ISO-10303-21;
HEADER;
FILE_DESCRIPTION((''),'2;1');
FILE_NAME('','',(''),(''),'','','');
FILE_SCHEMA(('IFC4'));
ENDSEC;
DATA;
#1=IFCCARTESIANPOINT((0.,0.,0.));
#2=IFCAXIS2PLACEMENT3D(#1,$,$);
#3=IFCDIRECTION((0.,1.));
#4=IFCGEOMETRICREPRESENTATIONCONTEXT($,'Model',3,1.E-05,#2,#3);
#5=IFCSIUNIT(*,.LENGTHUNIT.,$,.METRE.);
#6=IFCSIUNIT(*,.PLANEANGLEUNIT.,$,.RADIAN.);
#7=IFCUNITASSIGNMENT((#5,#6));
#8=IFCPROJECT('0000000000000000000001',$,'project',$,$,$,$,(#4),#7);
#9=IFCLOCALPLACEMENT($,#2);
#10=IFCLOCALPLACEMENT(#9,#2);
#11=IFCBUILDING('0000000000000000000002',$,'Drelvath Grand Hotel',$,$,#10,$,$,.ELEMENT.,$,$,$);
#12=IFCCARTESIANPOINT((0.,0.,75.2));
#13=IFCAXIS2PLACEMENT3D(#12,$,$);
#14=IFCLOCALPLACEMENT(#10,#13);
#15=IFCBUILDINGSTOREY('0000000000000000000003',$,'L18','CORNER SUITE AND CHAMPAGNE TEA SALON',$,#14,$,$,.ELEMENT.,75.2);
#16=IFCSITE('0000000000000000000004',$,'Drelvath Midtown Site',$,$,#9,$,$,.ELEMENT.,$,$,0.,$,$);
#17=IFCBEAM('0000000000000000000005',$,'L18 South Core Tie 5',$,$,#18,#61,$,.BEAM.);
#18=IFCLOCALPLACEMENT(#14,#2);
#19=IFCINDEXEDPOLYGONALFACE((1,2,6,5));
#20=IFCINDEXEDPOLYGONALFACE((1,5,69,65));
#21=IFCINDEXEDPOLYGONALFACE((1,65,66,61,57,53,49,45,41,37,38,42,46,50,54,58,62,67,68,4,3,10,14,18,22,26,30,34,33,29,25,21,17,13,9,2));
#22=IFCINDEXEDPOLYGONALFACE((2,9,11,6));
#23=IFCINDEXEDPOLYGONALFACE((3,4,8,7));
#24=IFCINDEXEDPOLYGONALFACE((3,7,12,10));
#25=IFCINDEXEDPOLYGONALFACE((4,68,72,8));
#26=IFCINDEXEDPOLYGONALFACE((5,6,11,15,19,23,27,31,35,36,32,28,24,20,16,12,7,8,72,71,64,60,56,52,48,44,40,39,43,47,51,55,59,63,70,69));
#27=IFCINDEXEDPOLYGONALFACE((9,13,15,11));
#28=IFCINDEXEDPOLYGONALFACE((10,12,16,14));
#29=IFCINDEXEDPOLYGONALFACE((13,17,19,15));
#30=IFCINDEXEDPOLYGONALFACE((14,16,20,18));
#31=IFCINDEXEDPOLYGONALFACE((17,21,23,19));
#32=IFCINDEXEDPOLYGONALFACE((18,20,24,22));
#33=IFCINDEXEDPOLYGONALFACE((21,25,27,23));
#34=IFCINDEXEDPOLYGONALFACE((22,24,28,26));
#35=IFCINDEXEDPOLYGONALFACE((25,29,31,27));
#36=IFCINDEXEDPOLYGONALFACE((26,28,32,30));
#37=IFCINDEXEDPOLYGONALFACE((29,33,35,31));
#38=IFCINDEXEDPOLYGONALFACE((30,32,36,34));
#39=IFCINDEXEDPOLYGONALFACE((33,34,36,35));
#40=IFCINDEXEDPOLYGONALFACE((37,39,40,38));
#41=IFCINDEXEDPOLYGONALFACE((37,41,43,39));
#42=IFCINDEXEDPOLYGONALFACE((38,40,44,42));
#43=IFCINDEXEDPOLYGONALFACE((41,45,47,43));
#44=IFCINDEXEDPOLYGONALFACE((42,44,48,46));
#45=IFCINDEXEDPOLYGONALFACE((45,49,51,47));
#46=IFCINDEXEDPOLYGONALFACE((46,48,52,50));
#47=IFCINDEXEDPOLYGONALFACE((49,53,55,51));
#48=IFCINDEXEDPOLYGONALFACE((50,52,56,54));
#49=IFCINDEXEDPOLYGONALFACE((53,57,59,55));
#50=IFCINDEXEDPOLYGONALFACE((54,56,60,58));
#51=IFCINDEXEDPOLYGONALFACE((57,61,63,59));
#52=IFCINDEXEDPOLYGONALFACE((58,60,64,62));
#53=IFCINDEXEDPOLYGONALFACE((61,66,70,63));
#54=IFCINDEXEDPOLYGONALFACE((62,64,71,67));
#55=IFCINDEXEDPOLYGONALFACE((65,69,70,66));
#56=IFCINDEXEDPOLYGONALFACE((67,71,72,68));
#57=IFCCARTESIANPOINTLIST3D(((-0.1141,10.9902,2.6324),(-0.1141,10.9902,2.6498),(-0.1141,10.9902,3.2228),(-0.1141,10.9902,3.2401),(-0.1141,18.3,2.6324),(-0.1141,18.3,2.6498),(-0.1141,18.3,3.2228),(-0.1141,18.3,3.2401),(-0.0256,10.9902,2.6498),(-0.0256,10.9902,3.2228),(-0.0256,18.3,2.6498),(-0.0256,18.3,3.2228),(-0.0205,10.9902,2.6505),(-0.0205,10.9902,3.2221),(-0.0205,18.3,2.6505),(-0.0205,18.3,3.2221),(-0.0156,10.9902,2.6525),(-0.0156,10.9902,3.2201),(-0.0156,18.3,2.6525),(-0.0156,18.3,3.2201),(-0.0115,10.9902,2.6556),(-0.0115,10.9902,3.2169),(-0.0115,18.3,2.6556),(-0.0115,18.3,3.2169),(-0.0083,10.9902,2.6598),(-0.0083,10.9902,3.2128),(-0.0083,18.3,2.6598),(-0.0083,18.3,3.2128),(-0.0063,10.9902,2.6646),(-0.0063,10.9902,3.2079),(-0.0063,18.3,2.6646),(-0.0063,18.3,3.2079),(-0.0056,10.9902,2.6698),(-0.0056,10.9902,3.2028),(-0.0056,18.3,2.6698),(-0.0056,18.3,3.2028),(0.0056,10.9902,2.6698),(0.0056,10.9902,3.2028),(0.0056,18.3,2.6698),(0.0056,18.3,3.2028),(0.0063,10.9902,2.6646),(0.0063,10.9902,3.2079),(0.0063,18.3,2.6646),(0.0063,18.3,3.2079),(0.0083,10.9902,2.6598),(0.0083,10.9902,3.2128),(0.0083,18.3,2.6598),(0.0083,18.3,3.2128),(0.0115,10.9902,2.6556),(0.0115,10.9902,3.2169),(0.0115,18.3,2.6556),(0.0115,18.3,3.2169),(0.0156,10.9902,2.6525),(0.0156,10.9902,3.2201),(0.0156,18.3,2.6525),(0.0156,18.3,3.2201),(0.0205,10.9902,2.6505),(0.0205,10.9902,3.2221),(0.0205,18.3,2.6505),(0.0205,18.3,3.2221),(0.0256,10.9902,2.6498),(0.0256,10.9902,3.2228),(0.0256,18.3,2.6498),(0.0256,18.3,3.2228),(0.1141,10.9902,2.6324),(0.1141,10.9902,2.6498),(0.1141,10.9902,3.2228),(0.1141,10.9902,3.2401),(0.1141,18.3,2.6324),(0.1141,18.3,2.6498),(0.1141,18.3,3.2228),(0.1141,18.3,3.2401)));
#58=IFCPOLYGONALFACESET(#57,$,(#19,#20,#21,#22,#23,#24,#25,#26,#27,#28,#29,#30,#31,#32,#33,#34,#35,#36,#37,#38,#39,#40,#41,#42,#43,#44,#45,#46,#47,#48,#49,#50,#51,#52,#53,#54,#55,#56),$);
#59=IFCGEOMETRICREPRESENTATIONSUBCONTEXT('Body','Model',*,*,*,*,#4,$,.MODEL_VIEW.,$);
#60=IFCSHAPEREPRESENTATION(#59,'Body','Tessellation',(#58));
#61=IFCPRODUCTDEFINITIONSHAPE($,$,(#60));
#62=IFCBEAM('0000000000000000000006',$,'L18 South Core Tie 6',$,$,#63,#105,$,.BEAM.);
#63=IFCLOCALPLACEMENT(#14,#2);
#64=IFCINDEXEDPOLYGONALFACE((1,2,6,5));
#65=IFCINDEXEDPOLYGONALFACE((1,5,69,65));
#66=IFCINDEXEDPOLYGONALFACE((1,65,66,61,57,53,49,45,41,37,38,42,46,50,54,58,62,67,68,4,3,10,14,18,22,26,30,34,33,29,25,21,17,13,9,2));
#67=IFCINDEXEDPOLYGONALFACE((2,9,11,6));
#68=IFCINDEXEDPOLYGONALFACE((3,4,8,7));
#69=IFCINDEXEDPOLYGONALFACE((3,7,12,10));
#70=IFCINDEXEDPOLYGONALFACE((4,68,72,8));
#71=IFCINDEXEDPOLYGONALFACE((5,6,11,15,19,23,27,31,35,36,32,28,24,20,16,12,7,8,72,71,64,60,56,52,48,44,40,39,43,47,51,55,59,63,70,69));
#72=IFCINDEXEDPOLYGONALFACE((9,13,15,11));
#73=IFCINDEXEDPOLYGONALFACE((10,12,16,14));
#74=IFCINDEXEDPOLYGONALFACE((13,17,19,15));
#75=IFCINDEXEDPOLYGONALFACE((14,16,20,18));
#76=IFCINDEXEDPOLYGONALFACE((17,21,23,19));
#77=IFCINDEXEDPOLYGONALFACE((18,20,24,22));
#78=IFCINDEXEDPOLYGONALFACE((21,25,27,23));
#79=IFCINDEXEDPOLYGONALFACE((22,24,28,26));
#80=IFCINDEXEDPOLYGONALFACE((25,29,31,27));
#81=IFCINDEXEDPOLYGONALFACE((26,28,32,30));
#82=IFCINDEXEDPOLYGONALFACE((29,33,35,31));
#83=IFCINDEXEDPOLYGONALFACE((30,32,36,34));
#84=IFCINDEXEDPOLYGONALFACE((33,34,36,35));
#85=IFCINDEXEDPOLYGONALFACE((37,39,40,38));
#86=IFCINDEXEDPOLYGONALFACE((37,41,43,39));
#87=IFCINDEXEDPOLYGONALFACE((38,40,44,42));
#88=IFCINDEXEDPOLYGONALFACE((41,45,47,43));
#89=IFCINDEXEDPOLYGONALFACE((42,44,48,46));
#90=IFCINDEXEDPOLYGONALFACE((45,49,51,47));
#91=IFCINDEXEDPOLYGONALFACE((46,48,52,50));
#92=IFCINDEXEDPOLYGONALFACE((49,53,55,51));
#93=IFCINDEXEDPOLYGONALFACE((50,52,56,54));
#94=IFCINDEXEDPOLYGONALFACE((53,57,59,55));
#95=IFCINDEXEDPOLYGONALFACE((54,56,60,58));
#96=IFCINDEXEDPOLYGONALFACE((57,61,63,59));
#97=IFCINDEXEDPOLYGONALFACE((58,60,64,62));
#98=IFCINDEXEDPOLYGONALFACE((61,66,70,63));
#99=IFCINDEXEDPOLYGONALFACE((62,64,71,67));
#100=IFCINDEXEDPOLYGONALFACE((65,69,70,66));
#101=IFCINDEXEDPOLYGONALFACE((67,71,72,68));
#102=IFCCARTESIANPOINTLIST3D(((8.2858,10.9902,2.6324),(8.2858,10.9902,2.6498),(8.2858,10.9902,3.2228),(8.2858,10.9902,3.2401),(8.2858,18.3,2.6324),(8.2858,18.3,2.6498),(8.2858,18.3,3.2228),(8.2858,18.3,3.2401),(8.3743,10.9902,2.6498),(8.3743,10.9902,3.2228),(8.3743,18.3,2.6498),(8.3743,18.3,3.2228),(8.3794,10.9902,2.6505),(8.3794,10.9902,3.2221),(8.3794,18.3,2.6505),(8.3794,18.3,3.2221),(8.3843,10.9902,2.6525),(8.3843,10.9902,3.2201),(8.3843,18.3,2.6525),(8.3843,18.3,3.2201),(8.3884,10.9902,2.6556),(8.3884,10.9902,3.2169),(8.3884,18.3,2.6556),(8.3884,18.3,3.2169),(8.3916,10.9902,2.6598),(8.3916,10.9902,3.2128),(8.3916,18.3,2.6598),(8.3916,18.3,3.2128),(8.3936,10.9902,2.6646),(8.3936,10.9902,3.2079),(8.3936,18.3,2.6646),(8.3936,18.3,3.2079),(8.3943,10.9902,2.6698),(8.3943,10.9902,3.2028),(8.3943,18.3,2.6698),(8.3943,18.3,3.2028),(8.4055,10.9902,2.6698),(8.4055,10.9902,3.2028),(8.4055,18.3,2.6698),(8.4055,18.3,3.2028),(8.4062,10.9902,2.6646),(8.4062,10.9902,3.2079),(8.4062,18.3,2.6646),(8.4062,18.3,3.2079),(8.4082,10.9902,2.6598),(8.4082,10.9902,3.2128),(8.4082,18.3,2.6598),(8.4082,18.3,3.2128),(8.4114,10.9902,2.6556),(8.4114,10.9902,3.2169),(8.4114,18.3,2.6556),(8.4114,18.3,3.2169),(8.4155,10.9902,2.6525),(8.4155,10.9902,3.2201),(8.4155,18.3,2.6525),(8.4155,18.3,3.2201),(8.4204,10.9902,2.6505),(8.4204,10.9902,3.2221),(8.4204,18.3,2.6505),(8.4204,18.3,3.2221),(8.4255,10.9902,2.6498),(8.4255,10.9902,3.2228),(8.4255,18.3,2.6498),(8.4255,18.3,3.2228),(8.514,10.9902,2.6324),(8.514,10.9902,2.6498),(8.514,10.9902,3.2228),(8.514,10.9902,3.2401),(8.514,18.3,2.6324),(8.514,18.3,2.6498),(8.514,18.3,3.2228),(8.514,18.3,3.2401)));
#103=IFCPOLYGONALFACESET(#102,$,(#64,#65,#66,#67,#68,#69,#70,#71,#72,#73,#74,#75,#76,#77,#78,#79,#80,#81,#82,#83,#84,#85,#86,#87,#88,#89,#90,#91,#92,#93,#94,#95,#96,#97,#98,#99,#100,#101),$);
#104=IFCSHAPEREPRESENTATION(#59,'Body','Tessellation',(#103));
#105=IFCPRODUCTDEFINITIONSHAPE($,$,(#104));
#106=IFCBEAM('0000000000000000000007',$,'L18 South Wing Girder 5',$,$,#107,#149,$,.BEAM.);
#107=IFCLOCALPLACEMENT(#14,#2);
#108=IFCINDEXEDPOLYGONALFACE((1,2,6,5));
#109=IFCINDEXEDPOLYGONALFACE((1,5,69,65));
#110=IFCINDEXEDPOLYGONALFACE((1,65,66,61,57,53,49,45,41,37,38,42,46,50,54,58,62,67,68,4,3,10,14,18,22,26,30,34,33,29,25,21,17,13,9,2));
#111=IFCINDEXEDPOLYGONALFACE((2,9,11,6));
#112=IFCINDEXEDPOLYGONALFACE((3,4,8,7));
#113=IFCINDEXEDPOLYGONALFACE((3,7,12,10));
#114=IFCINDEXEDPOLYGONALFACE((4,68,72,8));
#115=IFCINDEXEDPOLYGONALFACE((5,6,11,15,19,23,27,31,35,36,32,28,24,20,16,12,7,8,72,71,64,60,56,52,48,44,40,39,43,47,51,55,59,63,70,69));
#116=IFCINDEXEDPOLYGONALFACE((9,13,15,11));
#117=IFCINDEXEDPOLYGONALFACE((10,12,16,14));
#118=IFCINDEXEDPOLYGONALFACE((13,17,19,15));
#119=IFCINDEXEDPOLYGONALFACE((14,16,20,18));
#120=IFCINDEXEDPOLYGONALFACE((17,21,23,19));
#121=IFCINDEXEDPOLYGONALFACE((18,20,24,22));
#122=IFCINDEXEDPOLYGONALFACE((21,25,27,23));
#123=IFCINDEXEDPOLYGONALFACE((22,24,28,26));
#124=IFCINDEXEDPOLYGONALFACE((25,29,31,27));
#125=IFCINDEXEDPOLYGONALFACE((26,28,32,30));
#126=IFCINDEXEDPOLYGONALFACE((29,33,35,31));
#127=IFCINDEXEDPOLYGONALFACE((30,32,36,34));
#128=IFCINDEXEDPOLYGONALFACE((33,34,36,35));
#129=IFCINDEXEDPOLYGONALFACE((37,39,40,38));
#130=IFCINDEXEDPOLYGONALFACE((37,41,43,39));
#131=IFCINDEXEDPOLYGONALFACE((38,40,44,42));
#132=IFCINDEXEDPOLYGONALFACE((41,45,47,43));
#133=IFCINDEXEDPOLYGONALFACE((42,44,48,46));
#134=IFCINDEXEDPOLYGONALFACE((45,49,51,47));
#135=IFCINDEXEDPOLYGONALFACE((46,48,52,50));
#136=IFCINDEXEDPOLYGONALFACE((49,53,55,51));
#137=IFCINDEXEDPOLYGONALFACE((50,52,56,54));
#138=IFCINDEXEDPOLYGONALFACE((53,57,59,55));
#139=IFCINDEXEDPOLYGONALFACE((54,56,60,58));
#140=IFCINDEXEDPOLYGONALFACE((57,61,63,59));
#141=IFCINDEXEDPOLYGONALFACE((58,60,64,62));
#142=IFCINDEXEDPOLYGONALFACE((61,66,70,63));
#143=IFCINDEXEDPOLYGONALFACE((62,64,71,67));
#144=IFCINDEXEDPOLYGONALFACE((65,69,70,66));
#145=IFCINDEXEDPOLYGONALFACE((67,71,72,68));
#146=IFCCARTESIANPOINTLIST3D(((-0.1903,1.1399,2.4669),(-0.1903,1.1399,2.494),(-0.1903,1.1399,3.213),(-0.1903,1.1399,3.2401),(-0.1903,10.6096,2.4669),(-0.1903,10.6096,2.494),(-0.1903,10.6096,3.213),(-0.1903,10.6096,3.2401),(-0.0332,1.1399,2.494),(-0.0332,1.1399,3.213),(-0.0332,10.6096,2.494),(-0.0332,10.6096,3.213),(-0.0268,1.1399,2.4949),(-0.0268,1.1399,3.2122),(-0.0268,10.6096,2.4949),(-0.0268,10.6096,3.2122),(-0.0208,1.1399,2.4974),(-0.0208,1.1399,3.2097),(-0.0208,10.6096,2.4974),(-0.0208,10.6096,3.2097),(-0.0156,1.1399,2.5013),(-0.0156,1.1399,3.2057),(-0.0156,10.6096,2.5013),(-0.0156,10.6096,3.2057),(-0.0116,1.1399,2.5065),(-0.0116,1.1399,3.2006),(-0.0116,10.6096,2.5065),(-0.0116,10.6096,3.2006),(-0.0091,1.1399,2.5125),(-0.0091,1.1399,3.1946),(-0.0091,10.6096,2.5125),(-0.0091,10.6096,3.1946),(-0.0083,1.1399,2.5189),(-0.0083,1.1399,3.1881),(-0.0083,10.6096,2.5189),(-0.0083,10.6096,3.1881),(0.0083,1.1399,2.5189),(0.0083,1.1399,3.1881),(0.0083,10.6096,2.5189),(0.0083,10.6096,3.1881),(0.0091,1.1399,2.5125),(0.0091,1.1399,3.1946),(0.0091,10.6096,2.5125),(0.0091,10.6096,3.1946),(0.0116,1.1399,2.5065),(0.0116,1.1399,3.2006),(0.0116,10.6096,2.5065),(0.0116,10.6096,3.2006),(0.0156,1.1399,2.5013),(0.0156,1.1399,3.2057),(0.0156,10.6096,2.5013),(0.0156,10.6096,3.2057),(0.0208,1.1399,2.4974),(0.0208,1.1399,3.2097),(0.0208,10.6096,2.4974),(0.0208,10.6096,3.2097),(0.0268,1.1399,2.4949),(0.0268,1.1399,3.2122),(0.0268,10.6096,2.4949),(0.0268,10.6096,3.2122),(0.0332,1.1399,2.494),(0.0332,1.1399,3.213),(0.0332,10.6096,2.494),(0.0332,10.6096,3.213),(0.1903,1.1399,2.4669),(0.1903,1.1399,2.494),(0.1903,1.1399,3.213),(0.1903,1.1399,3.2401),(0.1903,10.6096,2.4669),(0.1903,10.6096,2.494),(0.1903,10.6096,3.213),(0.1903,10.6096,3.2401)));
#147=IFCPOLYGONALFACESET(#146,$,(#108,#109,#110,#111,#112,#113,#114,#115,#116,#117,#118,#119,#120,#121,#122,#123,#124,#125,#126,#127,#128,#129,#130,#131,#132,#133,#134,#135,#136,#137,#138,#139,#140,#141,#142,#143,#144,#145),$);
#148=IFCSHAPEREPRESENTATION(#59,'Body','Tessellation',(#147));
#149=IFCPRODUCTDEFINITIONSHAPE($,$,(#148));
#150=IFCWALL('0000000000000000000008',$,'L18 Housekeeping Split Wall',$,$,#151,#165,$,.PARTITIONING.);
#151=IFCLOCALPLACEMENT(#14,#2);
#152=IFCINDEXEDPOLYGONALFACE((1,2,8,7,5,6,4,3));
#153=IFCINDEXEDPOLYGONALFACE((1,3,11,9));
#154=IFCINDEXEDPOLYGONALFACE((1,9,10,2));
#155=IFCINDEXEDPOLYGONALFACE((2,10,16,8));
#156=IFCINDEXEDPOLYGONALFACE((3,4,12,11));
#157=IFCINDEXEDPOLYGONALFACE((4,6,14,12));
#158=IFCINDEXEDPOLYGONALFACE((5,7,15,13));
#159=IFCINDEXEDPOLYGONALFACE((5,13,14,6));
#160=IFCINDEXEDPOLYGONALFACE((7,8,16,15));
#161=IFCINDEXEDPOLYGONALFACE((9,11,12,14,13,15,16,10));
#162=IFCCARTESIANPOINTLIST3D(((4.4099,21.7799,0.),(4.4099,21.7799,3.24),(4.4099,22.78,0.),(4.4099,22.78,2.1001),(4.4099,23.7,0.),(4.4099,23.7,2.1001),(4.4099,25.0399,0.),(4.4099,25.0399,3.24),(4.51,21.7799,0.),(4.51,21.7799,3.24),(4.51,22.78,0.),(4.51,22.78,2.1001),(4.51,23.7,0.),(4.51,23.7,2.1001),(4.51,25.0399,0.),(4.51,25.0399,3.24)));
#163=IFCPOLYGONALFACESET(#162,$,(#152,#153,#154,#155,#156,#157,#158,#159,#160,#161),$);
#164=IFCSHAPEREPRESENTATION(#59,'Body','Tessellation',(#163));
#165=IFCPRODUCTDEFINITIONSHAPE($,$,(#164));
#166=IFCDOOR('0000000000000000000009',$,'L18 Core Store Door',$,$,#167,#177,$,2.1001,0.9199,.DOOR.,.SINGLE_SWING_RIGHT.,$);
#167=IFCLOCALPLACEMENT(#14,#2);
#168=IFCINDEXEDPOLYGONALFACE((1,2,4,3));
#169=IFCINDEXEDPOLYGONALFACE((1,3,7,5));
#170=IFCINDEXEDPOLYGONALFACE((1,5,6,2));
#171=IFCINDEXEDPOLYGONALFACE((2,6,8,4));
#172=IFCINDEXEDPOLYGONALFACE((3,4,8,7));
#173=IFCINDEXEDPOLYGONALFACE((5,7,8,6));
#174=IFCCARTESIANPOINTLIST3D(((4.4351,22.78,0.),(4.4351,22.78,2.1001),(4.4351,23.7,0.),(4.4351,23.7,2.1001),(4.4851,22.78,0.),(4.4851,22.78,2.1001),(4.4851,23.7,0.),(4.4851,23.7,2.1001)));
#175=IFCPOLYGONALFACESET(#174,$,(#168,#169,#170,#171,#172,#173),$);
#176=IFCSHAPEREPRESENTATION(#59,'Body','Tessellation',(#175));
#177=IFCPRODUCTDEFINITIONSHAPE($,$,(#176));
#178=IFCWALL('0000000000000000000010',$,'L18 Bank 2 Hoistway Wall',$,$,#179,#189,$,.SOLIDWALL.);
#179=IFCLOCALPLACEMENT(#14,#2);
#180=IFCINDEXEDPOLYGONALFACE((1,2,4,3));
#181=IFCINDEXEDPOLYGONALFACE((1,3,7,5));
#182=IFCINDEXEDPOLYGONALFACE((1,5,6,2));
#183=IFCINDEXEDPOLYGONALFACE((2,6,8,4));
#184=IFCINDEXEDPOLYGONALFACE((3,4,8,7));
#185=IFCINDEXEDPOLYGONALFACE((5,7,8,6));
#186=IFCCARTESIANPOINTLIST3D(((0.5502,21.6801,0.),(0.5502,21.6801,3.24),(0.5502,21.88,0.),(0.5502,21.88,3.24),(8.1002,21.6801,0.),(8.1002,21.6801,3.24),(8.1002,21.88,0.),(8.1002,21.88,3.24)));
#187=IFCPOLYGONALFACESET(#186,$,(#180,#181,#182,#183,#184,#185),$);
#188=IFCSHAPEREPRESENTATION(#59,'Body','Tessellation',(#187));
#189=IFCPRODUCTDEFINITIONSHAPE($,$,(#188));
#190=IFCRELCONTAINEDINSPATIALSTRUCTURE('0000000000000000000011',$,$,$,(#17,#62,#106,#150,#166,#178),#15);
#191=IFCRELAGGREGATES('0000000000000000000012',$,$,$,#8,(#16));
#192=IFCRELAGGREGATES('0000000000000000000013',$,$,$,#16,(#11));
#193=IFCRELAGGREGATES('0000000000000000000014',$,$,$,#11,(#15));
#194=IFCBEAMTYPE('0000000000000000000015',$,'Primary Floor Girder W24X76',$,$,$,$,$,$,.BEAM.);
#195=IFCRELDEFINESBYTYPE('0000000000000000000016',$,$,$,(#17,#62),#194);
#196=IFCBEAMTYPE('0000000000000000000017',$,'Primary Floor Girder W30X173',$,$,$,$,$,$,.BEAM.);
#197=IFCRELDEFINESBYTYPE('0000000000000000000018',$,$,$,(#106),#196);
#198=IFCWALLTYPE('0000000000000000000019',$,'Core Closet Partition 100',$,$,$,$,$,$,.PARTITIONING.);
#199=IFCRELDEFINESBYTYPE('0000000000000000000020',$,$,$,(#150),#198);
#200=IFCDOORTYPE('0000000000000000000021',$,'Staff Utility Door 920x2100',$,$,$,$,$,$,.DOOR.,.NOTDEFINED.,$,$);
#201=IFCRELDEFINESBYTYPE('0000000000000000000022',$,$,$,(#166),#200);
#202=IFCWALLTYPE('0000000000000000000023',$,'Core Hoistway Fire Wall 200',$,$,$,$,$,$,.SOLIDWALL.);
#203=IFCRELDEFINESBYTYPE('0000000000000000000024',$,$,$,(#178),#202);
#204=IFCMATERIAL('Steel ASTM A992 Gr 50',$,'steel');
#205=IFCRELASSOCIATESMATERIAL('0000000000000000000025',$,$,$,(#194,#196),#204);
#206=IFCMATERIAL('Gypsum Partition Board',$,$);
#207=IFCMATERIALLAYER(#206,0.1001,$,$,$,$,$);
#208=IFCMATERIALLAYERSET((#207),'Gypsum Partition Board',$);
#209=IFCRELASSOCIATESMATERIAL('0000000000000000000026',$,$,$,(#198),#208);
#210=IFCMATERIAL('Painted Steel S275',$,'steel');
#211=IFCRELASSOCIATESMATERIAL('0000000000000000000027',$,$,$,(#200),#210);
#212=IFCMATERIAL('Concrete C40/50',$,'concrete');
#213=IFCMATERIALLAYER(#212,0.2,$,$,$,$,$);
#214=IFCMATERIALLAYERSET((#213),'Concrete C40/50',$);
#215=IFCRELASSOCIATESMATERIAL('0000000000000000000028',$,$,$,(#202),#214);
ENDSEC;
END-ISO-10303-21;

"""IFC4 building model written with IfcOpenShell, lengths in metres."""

from ifc_helpers import new_model, si_unit, direction, frame, frame_2d, origin, origin_2d, place, context, subcontext, project, spatial, rectangle, i_section, extrude, material, layer, layer_set, material_profile, profile_set, type_object, element, fill, save


model = new_model("IFC4")

# Units and contexts
model_context = context("Model", 3, precision=1e-05, world=origin(), true_north=direction((0.0, 1.0)))
body_context = subcontext(model_context, "Body", "Model", "MODEL_VIEW")
ifc_project = project(units=[si_unit("LENGTHUNIT", "METRE"), si_unit("PLANEANGLEUNIT", "RADIAN")], contexts=[model_context])

# Site, building, storey
site_placement = place(None, origin())
site = spatial("IfcSite", under=ifc_project, at=site_placement, Name="Drelvath Midtown Site", CompositionType="ELEMENT", RefElevation=0.0)
building_placement = place(site_placement, origin())
building = spatial("IfcBuilding", under=site, at=building_placement, Name="Drelvath Grand Hotel", CompositionType="ELEMENT")
storey_placement = place(building_placement, frame((0.0, 0.0, 75.2)))
storey = spatial("IfcBuildingStorey", under=building, at=storey_placement, Name="L18", Description="CORNER SUITE AND CHAMPAGNE TEA SALON", CompositionType="ELEMENT", Elevation=75.2)

# Shared definitions
ifc_material_1 = material(Name="Steel ASTM A992 Gr 50", Category="steel")

# Beams
ifc_material_profile_1 = material_profile(ifc_material_1, i_section(OverallWidth=0.2283, OverallDepth=0.6077, WebThickness=0.0112, FlangeThickness=0.0173, FilletRadius=0.02, at=origin_2d()), Name="W24X76")
ifc_profile_set_1 = profile_set([ifc_material_profile_1], Name="Steel ASTM A992 Gr 50")
beam_type_1 = type_object("IfcBeamType", Name="Primary Floor Girder W24X76", PredefinedType="BEAM", material=ifc_profile_set_1)
for number, where, z_axis, x_axis, name in (
    (1, (0.0, 10.9902, 2.9363), (0.0, 1.0, 0.0), (-1.0, 0.0, 0.0), "L18 South Core Tie 5"),
    (2, (8.3999, 10.9902, 2.9363), (0.0, 1.0, 0.0), (-1.0, 0.0, 0.0), "L18 South Core Tie 6"),
):
    element("IfcBeam", number, at=place(storey_placement, frame(where, z_axis=z_axis, x_axis=x_axis)), inside=storey, type_object=beam_type_1, Name=name, PredefinedType="BEAM", context=body_context, shape_type="SweptSolid", body=[
        extrude(i_section(OverallWidth=0.2283, OverallDepth=0.6077, WebThickness=0.0112, FlangeThickness=0.0173, FilletRadius=0.02, at=origin_2d()), origin(), (0.0, 0.0, 1.0), 7.3098),
    ])
ifc_material_profile_2 = material_profile(ifc_material_1, i_section(OverallWidth=0.3806, OverallDepth=0.7732, WebThickness=0.0166, FlangeThickness=0.0271, FilletRadius=0.0249, at=origin_2d()), Name="W30X173")
ifc_profile_set_2 = profile_set([ifc_material_profile_2], Name="Steel ASTM A992 Gr 50")
beam_type_2 = type_object("IfcBeamType", Name="Primary Floor Girder W30X173", PredefinedType="BEAM", material=ifc_profile_set_2)
beam_1_placement = place(storey_placement, frame((0.0, 1.1399, 2.8535), z_axis=(0.0, 1.0, 0.0), x_axis=(-1.0, 0.0, 0.0)))
element("IfcBeam", 3, at=beam_1_placement, inside=storey, type_object=beam_type_2, Name="L18 South Wing Girder 5", PredefinedType="BEAM", context=body_context, shape_type="SweptSolid", body=[
    extrude(i_section(OverallWidth=0.3806, OverallDepth=0.7732, WebThickness=0.0166, FlangeThickness=0.0271, FilletRadius=0.0249, at=origin_2d()), origin(), (0.0, 0.0, 1.0), 9.4697),
])

# Wall, opening, door
ifc_material_2 = material(Name="Gypsum Partition Board")
ifc_layer_1 = layer(ifc_material_2, 0.1001)
ifc_layer_set_1 = layer_set([ifc_layer_1], Name="Gypsum Partition Board")
wall_type_1 = type_object("IfcWallType", Name="Core Closet Partition 100", PredefinedType="PARTITIONING", material=ifc_layer_set_1)
wall_1_placement = place(storey_placement, frame((4.46, 21.78, 0.0), z_axis=(0.0, 0.0, 1.0), x_axis=(0.0, 1.0, 0.0)))
wall_1 = element("IfcWall", 4, at=wall_1_placement, inside=storey, type_object=wall_type_1, Name="L18 Housekeeping Split Wall", PredefinedType="PARTITIONING", context=body_context, shape_type="SweptSolid", body=[
    extrude(rectangle(XDim=3.26, YDim=0.1001, at=frame_2d((1.6299, 0.0))), origin(), (0.0, 0.0, 1.0), 3.24),
])
opening_1_placement = place(wall_1_placement, frame((1.0, 0.0, 0.0)))
opening_1 = element("IfcOpeningElement", 5, at=opening_1_placement, cuts=wall_1, PredefinedType="OPENING", context=body_context, shape_type="SweptSolid", body=[
    extrude(rectangle(XDim=0.9199, YDim=2.1001, at=frame_2d((0.46, 1.05))), frame((0.0, 0.0601, 0.0), z_axis=(0.0, -1.0, 0.0), x_axis=(1.0, 0.0, 0.0)), (0.0, 0.0, 1.0), 0.1201),
])
ifc_material_3 = material(Name="Painted Steel S275", Category="steel")
door_type_1 = type_object("IfcDoorType", Name="Staff Utility Door 920x2100", OperationType="NOTDEFINED", PredefinedType="DOOR", material=ifc_material_3)
door_1_placement = place(opening_1_placement, origin())
door_1 = element("IfcDoor", 6, at=door_1_placement, inside=storey, type_object=door_type_1, Name="L18 Core Store Door", OperationType="SINGLE_SWING_RIGHT", OverallHeight=2.1001, OverallWidth=0.9199, PredefinedType="DOOR", context=body_context, shape_type="SweptSolid", body=[
    extrude(rectangle(XDim=0.9199, YDim=2.1001, at=frame_2d((0.46, 1.05))), frame((0.0, 0.0249, 0.0), z_axis=(0.0, -1.0, 0.0), x_axis=(1.0, 0.0, 0.0)), (0.0, 0.0, 1.0), 0.05),
])
fill(opening_1, door_1)

# Wall
ifc_material_4 = material(Name="Concrete C40/50", Category="concrete")
ifc_layer_2 = layer(ifc_material_4, 0.2)
ifc_layer_set_2 = layer_set([ifc_layer_2], Name="Concrete C40/50")
wall_type_2 = type_object("IfcWallType", Name="Core Hoistway Fire Wall 200", PredefinedType="SOLIDWALL", material=ifc_layer_set_2)
wall_2_placement = place(storey_placement, frame((8.1001, 21.78, 0.0), z_axis=(0.0, 0.0, 1.0), x_axis=(-1.0, 0.0, 0.0)))
element("IfcWall", 7, at=wall_2_placement, inside=storey, type_object=wall_type_2, Name="L18 Bank 2 Hoistway Wall", PredefinedType="SOLIDWALL", context=body_context, shape_type="SweptSolid", body=[
    extrude(rectangle(XDim=7.55, YDim=0.2, at=frame_2d((3.7749, 0.0))), origin(), (0.0, 0.0, 1.0), 3.24),
])

save(model, "model.ifc")
